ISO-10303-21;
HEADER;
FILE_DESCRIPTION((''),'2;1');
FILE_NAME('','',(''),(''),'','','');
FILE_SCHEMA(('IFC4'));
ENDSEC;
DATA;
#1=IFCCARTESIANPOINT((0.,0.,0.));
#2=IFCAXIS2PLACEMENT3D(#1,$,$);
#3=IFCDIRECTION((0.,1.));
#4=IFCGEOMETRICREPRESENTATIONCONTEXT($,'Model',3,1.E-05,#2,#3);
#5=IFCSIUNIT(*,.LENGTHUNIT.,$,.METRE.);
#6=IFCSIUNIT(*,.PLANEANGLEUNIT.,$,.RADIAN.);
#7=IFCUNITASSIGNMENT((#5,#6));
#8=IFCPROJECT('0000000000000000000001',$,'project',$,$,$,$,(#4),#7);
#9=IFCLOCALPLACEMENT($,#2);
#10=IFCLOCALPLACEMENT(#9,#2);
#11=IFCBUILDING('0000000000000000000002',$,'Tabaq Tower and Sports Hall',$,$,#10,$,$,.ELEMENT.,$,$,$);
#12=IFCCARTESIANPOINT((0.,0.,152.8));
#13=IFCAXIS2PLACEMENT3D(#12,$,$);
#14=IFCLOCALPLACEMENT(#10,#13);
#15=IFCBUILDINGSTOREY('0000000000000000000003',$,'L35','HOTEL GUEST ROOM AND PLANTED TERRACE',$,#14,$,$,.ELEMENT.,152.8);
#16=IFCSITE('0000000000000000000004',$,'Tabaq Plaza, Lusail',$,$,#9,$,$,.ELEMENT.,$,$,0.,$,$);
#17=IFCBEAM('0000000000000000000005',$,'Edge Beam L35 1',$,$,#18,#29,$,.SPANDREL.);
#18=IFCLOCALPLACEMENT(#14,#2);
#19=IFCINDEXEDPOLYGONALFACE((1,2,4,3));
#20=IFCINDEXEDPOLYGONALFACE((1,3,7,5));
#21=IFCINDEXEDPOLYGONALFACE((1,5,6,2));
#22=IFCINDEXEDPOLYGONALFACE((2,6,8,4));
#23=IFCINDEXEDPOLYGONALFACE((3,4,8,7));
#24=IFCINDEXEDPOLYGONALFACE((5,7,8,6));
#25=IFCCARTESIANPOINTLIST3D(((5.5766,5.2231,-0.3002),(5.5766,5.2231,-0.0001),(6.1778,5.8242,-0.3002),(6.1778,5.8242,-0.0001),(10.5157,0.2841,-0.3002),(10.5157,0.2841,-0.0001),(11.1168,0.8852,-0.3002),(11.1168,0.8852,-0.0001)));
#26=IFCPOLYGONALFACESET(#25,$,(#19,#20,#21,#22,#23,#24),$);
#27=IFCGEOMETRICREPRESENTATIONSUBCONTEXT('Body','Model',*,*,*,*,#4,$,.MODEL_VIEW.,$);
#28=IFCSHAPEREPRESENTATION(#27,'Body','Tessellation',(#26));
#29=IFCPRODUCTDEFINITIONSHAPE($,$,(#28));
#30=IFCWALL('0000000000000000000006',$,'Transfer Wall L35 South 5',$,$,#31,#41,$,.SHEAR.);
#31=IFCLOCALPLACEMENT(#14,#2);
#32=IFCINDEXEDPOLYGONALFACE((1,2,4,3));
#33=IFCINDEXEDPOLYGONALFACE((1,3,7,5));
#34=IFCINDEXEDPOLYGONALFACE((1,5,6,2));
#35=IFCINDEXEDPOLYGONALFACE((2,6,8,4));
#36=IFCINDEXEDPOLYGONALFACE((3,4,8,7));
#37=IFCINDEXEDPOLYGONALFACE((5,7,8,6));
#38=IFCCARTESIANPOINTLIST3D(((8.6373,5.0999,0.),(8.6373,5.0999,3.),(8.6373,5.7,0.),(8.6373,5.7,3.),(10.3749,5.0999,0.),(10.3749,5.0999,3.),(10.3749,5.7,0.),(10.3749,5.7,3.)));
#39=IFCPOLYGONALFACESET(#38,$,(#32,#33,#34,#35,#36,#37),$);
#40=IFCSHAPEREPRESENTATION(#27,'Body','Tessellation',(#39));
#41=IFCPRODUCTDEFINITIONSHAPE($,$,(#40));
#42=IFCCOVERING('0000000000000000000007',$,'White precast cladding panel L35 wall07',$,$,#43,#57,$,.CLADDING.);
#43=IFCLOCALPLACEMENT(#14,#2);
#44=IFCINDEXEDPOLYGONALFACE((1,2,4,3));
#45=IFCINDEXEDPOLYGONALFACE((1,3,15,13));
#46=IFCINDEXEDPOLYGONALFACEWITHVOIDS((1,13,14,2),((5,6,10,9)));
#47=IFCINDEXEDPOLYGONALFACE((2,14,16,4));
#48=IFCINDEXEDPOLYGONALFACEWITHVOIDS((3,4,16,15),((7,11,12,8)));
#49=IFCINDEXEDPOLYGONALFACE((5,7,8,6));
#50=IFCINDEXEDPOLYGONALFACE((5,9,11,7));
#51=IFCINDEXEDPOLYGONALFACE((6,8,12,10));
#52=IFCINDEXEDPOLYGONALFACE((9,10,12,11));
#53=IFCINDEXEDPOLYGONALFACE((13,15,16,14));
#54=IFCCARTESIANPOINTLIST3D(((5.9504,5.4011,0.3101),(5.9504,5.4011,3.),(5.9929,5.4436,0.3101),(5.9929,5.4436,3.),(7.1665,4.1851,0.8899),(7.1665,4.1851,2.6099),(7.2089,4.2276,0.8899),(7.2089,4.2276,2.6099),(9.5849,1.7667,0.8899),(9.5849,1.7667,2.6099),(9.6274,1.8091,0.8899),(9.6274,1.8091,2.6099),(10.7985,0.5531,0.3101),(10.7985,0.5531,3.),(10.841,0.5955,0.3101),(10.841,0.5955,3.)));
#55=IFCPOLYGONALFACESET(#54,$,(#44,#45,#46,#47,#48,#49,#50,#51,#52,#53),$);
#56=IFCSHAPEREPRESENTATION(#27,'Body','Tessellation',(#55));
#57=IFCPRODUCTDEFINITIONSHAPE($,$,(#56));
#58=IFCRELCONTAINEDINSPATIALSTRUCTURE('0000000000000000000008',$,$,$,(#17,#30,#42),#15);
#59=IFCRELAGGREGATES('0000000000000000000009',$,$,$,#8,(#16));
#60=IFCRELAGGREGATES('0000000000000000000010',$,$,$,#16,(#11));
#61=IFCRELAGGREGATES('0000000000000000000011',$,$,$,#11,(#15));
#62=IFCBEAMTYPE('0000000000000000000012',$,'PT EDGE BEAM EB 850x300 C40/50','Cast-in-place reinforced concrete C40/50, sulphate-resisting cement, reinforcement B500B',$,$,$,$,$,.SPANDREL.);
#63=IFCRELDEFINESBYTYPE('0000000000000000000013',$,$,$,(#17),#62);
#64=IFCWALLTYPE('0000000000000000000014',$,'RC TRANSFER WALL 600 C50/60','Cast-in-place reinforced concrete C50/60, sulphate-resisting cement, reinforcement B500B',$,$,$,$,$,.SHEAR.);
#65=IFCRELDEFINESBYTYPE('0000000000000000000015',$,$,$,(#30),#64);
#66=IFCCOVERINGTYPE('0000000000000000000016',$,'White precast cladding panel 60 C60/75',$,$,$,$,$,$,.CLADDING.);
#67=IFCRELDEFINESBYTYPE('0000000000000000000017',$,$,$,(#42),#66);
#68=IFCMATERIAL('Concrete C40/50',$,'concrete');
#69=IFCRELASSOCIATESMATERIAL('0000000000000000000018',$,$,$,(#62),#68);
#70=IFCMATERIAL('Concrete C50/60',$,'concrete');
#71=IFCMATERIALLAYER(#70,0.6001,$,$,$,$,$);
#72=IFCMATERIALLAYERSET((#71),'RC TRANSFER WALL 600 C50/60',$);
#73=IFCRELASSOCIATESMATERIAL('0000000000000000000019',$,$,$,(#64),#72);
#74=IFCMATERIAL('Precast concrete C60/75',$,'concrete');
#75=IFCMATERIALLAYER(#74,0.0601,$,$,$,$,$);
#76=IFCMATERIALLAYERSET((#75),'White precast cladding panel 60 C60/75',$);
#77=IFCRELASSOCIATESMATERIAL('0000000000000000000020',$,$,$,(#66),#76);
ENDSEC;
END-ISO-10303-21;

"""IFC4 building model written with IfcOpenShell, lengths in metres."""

from ifc_helpers import new_model, si_unit, direction, frame, frame_2d, origin, origin_2d, place, context, subcontext, project, spatial, polyline, rectangle, outline, extrude, material, layer, layer_set, material_profile, profile_set, type_object, element, save


model = new_model("IFC4")

# Units and contexts
model_context = context("Model", 3, precision=1e-05, world=origin(), true_north=direction((0.0, 1.0)))
body_context = subcontext(model_context, "Body", "Model", "MODEL_VIEW")
ifc_project = project(units=[si_unit("LENGTHUNIT", "METRE"), si_unit("PLANEANGLEUNIT", "RADIAN")], contexts=[model_context])

# Site, building, storey
site_placement = place(None, origin())
site = spatial("IfcSite", under=ifc_project, at=site_placement, Name="Tabaq Plaza, Lusail", CompositionType="ELEMENT", RefElevation=0.0)
building_placement = place(site_placement, origin())
building = spatial("IfcBuilding", under=site, at=building_placement, Name="Tabaq Tower and Sports Hall", CompositionType="ELEMENT")
storey_placement = place(building_placement, frame((0.0, 0.0, 152.8)))
storey = spatial("IfcBuildingStorey", under=building, at=storey_placement, Name="L35", Description="HOTEL GUEST ROOM AND PLANTED TERRACE", CompositionType="ELEMENT", Elevation=152.8)

# Beam
ifc_material_1 = material(Name="Concrete C40/50", Category="concrete")
ifc_material_profile = material_profile(ifc_material_1, rectangle(XDim=0.8501, YDim=0.3, at=origin_2d()), Name="EB 850x300")
ifc_profile_set = profile_set([ifc_material_profile], Name="Concrete C40/50")
beam_type = type_object("IfcBeamType", Name="PT EDGE BEAM EB 850x300 C40/50", Description="Cast-in-place reinforced concrete C40/50, sulphate-resisting cement, reinforcement B500B", PredefinedType="SPANDREL", material=ifc_profile_set)
beam_placement = place(storey_placement, frame((5.8772, 5.5237, -0.1501), z_axis=(0.707107, -0.707107, 0.0), x_axis=(0.707107, 0.707107, 0.0)))
element("IfcBeam", 1, at=beam_placement, inside=storey, type_object=beam_type, Name="Edge Beam L35 1", PredefinedType="SPANDREL", context=body_context, shape_type="SweptSolid", body=[
    extrude(rectangle(XDim=0.8501, YDim=0.3, at=origin_2d()), origin(), (0.0, 0.0, 1.0), 6.9849),
])

# Wall
ifc_material_2 = material(Name="Concrete C50/60", Category="concrete")
ifc_layer_1 = layer(ifc_material_2, 0.6001)
ifc_layer_set_1 = layer_set([ifc_layer_1], Name="RC TRANSFER WALL 600 C50/60")
wall_type = type_object("IfcWallType", Name="RC TRANSFER WALL 600 C50/60", Description="Cast-in-place reinforced concrete C50/60, sulphate-resisting cement, reinforcement B500B", PredefinedType="SHEAR", material=ifc_layer_set_1)
wall_placement = place(storey_placement, frame((8.6375, 5.3999, 0.0), z_axis=(0.0, 0.0, 1.0), x_axis=(1.0, 0.0, 0.0)))
element("IfcWall", 2, at=wall_placement, inside=storey, type_object=wall_type, Name="Transfer Wall L35 South 5", PredefinedType="SHEAR", context=body_context, shape_type="SweptSolid", body=[
    extrude(rectangle(XDim=1.7375, YDim=0.6001, at=frame_2d((0.8687, 0.0))), origin(), (0.0, 0.0, 1.0), 3.0),
])

# Covering
ifc_material_3 = material(Name="Precast concrete C60/75", Category="concrete")
ifc_layer_2 = layer(ifc_material_3, 0.0601)
ifc_layer_set_2 = layer_set([ifc_layer_2], Name="White precast cladding panel 60 C60/75")
covering_type = type_object("IfcCoveringType", Name="White precast cladding panel 60 C60/75", PredefinedType="CLADDING", material=ifc_layer_set_2)
covering_placement = place(storey_placement, frame((5.9717, 5.4224, 0.3101), z_axis=(0.0, 0.0, 1.0), x_axis=(0.707107, -0.707107, 0.0)))
element("IfcCovering", 3, at=covering_placement, inside=storey, type_object=covering_type, Name="White precast cladding panel L35 wall07", PredefinedType="CLADDING", context=body_context, shape_type="SweptSolid", body=[
    extrude(outline(polyline([(0.0, 0.0), (6.8562, 0.0), (6.8562, 2.6899), (0.0, 2.6899), (0.0, 0.0)]), holes=[polyline([(1.7197, 0.5798), (1.7197, 2.2998), (5.1399, 2.2998), (5.1399, 0.5798), (1.7197, 0.5798)])]), frame((0.0, 0.03, 0.0), z_axis=(0.0, -1.0, 0.0), x_axis=(1.0, 0.0, 0.0)), (0.0, 0.0, 1.0), 0.0601),
])

save(model, "model.ifc")
